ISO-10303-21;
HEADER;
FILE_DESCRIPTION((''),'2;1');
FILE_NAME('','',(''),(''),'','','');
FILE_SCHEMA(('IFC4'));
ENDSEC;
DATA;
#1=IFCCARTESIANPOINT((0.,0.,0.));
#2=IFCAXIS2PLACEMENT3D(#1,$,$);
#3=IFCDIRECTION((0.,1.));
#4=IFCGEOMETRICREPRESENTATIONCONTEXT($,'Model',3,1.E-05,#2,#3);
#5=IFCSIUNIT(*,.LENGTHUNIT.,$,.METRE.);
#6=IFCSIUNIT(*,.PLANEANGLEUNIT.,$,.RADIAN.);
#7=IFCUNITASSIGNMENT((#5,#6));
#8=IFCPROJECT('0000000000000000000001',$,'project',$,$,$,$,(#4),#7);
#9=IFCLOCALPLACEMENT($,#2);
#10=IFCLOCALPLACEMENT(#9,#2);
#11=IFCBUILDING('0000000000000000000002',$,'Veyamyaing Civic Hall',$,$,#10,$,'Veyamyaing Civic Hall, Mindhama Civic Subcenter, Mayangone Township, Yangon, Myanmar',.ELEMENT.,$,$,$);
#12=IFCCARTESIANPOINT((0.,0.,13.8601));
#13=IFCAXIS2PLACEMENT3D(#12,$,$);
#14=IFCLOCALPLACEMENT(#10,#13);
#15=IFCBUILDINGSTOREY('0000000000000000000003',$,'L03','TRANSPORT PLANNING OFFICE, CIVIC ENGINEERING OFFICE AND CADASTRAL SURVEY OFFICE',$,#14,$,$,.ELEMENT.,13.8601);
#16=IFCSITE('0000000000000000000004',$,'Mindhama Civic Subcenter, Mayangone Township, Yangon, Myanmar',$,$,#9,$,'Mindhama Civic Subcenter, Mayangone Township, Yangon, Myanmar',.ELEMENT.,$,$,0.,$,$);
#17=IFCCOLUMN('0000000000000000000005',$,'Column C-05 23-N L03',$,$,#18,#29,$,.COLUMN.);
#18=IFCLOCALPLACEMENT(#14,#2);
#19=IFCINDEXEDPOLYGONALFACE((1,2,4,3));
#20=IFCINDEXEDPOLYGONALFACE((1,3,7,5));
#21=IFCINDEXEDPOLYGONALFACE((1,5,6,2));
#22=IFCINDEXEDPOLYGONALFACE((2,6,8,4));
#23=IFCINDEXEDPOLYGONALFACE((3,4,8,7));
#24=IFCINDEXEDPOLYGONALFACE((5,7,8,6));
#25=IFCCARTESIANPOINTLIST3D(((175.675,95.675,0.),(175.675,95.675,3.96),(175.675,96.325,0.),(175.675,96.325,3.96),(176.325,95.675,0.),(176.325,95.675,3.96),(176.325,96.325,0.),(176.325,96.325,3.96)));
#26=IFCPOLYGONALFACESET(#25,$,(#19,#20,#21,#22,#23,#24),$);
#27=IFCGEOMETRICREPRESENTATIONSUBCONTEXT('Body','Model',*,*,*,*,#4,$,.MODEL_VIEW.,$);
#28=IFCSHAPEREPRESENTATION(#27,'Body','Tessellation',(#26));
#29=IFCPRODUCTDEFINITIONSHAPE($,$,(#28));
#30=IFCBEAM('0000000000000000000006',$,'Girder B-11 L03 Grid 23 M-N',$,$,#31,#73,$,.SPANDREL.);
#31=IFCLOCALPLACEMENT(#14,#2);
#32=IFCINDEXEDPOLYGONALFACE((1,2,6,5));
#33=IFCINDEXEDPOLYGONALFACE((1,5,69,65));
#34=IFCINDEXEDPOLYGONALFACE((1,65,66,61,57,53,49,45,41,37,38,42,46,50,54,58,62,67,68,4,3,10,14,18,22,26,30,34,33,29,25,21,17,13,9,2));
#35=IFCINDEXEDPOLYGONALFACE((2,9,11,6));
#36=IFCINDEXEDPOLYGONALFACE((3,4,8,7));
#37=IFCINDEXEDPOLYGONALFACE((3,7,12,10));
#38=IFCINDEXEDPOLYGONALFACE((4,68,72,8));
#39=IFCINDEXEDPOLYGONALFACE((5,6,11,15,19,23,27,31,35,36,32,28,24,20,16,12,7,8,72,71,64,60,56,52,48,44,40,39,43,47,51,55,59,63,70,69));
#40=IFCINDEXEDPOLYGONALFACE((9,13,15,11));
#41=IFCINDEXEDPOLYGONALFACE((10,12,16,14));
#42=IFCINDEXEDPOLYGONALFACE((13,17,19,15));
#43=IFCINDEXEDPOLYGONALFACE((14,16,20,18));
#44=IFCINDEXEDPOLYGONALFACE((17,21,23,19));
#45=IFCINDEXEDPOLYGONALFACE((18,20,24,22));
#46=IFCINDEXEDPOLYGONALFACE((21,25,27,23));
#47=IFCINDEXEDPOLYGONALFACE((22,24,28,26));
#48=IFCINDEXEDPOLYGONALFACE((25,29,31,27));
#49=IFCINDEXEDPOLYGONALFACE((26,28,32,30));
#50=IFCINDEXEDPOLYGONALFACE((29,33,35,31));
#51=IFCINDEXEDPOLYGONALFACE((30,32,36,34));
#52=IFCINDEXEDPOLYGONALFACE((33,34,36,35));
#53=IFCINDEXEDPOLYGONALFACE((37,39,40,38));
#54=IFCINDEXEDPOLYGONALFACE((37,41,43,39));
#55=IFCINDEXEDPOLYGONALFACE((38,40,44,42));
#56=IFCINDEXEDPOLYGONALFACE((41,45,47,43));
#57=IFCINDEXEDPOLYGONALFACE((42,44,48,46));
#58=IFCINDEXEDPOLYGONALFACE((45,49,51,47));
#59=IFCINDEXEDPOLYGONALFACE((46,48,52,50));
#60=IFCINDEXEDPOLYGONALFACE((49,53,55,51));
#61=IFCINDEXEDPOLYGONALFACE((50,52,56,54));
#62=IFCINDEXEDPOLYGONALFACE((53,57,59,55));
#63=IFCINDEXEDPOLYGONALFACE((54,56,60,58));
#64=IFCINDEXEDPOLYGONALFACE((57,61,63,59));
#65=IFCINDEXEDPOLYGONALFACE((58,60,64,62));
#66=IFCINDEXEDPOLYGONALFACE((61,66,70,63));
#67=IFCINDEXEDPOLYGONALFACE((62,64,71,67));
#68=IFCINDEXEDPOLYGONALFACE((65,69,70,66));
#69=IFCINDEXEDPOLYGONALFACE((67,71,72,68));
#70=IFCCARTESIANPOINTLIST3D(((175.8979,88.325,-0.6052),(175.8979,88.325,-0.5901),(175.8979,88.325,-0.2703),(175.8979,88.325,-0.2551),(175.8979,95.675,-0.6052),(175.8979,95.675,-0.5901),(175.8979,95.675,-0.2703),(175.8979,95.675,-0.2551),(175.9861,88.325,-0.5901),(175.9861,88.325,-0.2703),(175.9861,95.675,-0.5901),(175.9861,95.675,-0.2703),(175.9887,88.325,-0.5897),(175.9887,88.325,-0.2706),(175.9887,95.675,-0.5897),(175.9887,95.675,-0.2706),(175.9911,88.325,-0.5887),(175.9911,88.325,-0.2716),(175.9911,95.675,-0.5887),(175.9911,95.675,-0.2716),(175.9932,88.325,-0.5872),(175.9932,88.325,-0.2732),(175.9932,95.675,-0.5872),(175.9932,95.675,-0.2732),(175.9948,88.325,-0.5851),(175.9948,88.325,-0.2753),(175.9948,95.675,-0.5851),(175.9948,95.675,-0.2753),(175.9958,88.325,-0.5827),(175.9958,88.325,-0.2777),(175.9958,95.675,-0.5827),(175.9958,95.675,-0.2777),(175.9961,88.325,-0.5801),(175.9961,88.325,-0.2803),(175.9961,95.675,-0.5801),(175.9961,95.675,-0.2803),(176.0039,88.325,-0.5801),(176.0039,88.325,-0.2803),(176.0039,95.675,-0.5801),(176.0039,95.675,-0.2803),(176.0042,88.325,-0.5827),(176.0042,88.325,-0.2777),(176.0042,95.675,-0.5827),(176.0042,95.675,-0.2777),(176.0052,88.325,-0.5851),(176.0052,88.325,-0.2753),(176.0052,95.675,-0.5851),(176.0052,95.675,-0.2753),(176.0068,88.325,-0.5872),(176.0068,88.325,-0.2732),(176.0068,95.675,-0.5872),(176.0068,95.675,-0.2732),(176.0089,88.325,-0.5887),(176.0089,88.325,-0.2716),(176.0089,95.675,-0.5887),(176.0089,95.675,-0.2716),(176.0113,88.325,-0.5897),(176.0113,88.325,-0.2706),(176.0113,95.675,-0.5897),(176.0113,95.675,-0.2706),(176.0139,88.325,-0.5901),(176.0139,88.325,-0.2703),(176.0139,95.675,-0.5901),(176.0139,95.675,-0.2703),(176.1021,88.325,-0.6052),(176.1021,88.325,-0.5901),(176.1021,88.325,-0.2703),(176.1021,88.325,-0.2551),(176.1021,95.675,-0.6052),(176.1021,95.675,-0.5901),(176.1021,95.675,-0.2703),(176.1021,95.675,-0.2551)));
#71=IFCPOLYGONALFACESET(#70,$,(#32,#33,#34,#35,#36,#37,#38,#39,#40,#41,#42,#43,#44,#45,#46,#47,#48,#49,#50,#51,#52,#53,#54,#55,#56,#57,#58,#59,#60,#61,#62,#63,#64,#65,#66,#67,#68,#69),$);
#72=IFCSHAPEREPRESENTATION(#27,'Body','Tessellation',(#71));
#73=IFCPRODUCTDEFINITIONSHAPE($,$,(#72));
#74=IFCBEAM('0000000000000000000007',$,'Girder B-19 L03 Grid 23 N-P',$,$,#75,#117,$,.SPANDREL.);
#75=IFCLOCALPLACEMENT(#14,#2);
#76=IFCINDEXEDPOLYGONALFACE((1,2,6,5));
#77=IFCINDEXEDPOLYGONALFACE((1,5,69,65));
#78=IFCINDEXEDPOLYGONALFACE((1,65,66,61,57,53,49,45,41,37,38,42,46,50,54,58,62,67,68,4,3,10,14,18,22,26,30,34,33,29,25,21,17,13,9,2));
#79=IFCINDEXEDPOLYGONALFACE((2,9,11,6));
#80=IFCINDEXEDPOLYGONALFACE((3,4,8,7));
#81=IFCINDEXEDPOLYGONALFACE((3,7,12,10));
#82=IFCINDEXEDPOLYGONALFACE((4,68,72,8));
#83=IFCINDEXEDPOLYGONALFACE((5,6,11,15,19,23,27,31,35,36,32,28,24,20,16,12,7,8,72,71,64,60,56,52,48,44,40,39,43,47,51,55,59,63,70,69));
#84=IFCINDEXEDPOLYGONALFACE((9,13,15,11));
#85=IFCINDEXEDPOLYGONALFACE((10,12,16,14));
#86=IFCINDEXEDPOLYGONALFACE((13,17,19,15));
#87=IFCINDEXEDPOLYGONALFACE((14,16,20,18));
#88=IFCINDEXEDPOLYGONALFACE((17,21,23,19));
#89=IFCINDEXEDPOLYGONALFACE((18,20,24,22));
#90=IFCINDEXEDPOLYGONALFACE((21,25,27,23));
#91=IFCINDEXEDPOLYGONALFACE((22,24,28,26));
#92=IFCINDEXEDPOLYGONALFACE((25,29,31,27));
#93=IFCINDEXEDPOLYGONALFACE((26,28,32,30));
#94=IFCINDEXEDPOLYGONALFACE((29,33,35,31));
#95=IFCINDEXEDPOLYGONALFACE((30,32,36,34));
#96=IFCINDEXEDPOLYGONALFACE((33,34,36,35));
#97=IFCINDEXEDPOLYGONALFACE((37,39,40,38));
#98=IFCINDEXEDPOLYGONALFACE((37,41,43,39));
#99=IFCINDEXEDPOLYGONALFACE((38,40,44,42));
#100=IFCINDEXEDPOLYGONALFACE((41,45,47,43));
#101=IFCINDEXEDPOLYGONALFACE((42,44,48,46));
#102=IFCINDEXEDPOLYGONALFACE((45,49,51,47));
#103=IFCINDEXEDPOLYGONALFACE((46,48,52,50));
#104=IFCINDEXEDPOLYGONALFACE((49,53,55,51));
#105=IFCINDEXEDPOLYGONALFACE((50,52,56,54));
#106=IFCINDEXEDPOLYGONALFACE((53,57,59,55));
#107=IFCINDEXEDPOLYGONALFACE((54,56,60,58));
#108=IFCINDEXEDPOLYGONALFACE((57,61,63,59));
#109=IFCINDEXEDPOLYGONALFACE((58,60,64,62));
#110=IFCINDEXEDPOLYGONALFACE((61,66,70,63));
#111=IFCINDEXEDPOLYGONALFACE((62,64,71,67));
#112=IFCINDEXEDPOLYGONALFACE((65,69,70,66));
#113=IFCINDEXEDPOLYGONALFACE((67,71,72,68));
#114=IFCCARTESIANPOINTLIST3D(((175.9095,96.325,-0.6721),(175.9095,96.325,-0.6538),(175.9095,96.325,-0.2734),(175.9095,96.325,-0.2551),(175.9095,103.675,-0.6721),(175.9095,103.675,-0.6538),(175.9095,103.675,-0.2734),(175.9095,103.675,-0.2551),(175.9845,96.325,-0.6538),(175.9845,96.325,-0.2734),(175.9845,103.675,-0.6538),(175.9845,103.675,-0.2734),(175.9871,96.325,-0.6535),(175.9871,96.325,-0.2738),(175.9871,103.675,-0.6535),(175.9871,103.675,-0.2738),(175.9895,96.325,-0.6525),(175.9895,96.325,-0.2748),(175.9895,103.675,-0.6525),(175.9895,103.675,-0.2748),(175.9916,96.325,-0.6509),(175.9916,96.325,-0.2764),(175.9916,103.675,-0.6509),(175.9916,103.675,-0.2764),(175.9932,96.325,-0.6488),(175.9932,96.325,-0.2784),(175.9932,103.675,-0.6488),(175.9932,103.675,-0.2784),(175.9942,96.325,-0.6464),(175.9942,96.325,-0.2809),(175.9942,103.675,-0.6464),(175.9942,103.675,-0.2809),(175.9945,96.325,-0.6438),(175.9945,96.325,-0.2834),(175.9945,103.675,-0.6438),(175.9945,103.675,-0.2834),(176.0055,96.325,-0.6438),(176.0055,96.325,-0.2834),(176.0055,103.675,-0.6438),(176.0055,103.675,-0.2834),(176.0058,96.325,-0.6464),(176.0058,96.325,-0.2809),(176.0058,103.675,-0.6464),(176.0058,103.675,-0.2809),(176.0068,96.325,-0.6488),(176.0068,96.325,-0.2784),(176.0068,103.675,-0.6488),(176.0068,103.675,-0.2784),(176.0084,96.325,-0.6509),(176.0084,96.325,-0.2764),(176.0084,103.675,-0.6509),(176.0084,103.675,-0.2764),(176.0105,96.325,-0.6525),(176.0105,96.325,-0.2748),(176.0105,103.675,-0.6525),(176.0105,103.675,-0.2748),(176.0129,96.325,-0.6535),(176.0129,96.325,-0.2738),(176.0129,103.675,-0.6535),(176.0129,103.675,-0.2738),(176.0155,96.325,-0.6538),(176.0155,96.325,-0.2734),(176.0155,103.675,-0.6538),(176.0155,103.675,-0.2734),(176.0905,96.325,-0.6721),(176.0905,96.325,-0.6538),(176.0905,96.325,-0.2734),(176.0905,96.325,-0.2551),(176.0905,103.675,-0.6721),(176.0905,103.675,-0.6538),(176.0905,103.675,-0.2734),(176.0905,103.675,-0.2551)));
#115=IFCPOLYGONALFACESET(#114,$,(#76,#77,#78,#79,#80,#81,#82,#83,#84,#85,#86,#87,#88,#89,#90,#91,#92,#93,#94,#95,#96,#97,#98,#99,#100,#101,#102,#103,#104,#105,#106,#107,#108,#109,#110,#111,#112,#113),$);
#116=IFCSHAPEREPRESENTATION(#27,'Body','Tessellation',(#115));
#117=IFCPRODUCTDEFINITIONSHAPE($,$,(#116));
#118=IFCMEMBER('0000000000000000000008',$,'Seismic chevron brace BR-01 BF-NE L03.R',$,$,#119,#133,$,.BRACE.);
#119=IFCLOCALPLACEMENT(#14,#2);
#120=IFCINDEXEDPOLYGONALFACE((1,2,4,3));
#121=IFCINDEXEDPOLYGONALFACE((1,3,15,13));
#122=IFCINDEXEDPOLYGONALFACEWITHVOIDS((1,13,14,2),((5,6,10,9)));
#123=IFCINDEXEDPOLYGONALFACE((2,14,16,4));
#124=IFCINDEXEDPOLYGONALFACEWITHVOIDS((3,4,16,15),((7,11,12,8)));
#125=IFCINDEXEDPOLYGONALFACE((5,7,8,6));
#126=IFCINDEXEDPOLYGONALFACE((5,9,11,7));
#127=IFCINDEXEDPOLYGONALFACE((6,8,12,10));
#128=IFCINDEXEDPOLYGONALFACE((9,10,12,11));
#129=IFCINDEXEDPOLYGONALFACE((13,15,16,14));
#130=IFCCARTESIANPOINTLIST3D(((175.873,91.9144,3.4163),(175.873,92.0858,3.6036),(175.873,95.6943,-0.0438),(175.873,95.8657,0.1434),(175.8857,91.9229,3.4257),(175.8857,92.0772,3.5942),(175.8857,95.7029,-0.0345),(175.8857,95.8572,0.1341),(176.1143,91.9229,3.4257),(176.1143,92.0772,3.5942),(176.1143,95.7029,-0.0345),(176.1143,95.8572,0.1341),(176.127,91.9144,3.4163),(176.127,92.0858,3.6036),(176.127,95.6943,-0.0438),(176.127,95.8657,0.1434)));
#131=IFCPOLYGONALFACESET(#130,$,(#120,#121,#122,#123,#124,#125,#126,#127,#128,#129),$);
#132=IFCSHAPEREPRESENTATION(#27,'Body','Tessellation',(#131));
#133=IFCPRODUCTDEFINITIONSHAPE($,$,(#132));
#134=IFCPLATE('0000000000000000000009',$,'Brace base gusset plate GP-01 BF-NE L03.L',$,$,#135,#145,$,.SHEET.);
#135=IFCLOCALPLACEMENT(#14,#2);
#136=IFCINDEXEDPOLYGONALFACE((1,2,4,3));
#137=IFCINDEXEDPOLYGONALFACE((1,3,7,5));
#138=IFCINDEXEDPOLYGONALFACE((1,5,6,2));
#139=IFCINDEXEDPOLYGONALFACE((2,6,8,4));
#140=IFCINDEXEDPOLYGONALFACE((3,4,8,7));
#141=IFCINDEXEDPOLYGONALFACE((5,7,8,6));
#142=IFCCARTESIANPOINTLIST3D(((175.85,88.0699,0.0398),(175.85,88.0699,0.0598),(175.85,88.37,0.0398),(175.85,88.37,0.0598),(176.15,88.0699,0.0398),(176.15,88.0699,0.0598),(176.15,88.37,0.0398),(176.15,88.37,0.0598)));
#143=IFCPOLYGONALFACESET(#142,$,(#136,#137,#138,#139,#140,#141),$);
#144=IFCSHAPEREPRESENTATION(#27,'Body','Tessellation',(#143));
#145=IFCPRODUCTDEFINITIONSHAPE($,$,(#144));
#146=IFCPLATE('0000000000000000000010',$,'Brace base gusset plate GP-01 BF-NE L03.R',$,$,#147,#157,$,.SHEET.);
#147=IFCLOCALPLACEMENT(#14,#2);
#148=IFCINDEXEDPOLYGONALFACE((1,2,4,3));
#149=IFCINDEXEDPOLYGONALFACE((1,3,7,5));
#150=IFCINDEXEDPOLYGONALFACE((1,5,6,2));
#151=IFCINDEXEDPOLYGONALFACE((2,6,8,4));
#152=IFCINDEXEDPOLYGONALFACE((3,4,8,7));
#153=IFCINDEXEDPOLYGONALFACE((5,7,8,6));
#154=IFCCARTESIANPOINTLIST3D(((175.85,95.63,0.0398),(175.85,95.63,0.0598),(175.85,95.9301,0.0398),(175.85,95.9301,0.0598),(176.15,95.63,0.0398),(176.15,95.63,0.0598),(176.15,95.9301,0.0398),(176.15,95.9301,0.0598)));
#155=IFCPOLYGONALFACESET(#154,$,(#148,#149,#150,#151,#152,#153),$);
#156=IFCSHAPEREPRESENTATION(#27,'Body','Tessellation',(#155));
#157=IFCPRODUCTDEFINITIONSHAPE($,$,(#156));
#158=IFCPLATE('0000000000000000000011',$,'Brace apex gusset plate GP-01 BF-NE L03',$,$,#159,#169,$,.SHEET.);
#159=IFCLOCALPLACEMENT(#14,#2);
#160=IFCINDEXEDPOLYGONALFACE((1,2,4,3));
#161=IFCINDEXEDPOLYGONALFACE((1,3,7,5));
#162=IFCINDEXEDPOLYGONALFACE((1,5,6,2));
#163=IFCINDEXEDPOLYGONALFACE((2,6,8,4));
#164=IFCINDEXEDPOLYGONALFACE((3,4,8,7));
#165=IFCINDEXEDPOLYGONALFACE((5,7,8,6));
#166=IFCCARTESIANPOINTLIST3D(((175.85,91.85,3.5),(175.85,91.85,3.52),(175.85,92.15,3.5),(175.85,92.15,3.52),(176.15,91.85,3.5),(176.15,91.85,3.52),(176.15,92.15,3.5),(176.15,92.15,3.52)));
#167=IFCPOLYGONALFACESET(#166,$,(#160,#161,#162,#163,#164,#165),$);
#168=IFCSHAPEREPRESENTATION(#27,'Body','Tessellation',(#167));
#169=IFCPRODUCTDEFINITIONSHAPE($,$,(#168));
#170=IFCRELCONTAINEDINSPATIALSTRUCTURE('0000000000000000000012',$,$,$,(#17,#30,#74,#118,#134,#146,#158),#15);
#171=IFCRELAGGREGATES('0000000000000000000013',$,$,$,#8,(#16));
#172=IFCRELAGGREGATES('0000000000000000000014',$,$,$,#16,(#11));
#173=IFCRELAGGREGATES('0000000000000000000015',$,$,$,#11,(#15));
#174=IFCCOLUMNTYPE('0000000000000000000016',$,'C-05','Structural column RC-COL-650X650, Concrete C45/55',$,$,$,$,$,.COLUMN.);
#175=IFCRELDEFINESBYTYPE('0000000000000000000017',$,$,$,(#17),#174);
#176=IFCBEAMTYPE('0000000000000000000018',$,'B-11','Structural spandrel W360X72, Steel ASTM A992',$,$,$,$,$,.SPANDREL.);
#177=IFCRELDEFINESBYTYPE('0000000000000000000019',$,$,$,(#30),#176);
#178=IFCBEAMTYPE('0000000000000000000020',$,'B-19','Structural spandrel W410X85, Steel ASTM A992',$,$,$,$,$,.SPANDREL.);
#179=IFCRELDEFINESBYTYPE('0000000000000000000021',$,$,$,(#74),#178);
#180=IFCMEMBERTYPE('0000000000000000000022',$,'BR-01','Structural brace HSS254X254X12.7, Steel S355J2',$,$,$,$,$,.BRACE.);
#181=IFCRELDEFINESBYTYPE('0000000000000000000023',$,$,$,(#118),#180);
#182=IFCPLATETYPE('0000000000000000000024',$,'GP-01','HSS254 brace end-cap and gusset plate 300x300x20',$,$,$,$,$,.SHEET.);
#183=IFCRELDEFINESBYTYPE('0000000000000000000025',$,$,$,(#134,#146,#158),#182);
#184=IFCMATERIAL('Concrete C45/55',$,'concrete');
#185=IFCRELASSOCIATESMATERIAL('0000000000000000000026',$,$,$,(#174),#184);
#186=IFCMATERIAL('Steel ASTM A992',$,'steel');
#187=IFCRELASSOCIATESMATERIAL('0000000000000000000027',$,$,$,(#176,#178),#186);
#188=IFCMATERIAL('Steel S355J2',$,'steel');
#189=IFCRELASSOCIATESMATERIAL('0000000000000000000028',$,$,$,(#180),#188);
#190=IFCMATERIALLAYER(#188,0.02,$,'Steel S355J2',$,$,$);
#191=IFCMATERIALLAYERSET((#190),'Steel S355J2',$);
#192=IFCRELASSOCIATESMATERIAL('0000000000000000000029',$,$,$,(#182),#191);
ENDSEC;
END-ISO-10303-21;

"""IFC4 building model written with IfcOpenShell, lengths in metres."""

from ifc_helpers import new_model, si_unit, direction, frame, origin, origin_2d, place, context, subcontext, project, spatial, rectangle, hollow_rectangle, i_section, extrude, material, layer, layer_set, material_profile, profile_set, type_object, element, save


model = new_model("IFC4")

# Units and contexts
model_context = context("Model", 3, precision=1e-05, world=origin(), true_north=direction((0.0, 1.0)))
body_context = subcontext(model_context, "Body", "Model", "MODEL_VIEW")
ifc_project = project(units=[si_unit("LENGTHUNIT", "METRE"), si_unit("PLANEANGLEUNIT", "RADIAN")], contexts=[model_context])

# Site, building, storey
site_placement = place(None, origin())
site = spatial("IfcSite", under=ifc_project, at=site_placement, Name="Mindhama Civic Subcenter, Mayangone Township, Yangon, Myanmar", LongName="Mindhama Civic Subcenter, Mayangone Township, Yangon, Myanmar", CompositionType="ELEMENT", RefElevation=0.0)
building_placement = place(site_placement, origin())
building = spatial("IfcBuilding", under=site, at=building_placement, Name="Veyamyaing Civic Hall", LongName="Veyamyaing Civic Hall, Mindhama Civic Subcenter, Mayangone Township, Yangon, Myanmar", CompositionType="ELEMENT")
storey_placement = place(building_placement, frame((0.0, 0.0, 13.8601)))
storey = spatial("IfcBuildingStorey", under=building, at=storey_placement, Name="L03", Description="TRANSPORT PLANNING OFFICE, CIVIC ENGINEERING OFFICE AND CADASTRAL SURVEY OFFICE", CompositionType="ELEMENT", Elevation=13.8601)

# Column
ifc_material_1 = material(Name="Concrete C45/55", Category="concrete")
ifc_material_profile_1 = material_profile(ifc_material_1, rectangle(XDim=0.6499, YDim=0.6499, at=origin_2d()), Name="RC-COL-650X650")
ifc_profile_set_1 = profile_set([ifc_material_profile_1], Name="Concrete C45/55")
column_type = type_object("IfcColumnType", Name="C-05", Description="Structural column RC-COL-650X650, Concrete C45/55", PredefinedType="COLUMN", material=ifc_profile_set_1)
column_placement = place(storey_placement, frame((176.0, 96.0, 0.0), z_axis=(0.0, 0.0, 1.0), x_axis=(1.0, 0.0, 0.0)))
element("IfcColumn", 1, at=column_placement, inside=storey, type_object=column_type, Name="Column C-05 23-N L03", PredefinedType="COLUMN", context=body_context, shape_type="SweptSolid", body=[
    extrude(rectangle(XDim=0.6499, YDim=0.6499, at=origin_2d()), origin(), (0.0, 0.0, 1.0), 3.96),
])

# Beams
ifc_material_2 = material(Name="Steel ASTM A992", Category="steel")
ifc_material_profile_2 = material_profile(ifc_material_2, i_section(OverallWidth=0.2041, OverallDepth=0.3501, WebThickness=0.0078, FlangeThickness=0.0151, FilletRadius=0.01, at=origin_2d()), Name="W360X72")
ifc_profile_set_2 = profile_set([ifc_material_profile_2], Name="Steel ASTM A992")
beam_type_1 = type_object("IfcBeamType", Name="B-11", Description="Structural spandrel W360X72, Steel ASTM A992", PredefinedType="SPANDREL", material=ifc_profile_set_2)
beam_1_placement = place(storey_placement, frame((176.0, 88.325, -0.4302), z_axis=(0.0, 1.0, 0.0), x_axis=(-1.0, 0.0, 0.0)))
element("IfcBeam", 2, at=beam_1_placement, inside=storey, type_object=beam_type_1, Name="Girder B-11 L03 Grid 23 M-N", PredefinedType="SPANDREL", context=body_context, shape_type="SweptSolid", body=[
    extrude(i_section(OverallWidth=0.2041, OverallDepth=0.3501, WebThickness=0.0078, FlangeThickness=0.0151, FilletRadius=0.01, at=origin_2d()), origin(), (0.0, 0.0, 1.0), 7.3501),
])
ifc_material_profile_3 = material_profile(ifc_material_2, i_section(OverallWidth=0.1809, OverallDepth=0.417, WebThickness=0.011, FlangeThickness=0.0183, FilletRadius=0.01, at=origin_2d()), Name="W410X85")
ifc_profile_set_3 = profile_set([ifc_material_profile_3], Name="Steel ASTM A992")
beam_type_2 = type_object("IfcBeamType", Name="B-19", Description="Structural spandrel W410X85, Steel ASTM A992", PredefinedType="SPANDREL", material=ifc_profile_set_3)
beam_2_placement = place(storey_placement, frame((176.0, 96.325, -0.4636), z_axis=(0.0, 1.0, 0.0), x_axis=(-1.0, 0.0, 0.0)))
element("IfcBeam", 3, at=beam_2_placement, inside=storey, type_object=beam_type_2, Name="Girder B-19 L03 Grid 23 N-P", PredefinedType="SPANDREL", context=body_context, shape_type="SweptSolid", body=[
    extrude(i_section(OverallWidth=0.1809, OverallDepth=0.417, WebThickness=0.011, FlangeThickness=0.0183, FilletRadius=0.01, at=origin_2d()), origin(), (0.0, 0.0, 1.0), 7.3501),
])

# Member
ifc_material_3 = material(Name="Steel S355J2", Category="steel")
ifc_material_profile_4 = material_profile(ifc_material_3, hollow_rectangle(XDim=0.2539, YDim=0.2539, WallThickness=0.0127, at=origin_2d()), Name="HSS254X254X12.7")
ifc_profile_set_4 = profile_set([ifc_material_profile_4], Name="Steel S355J2")
member_type = type_object("IfcMemberType", Name="BR-01", Description="Structural brace HSS254X254X12.7, Steel S355J2", PredefinedType="BRACE", material=ifc_profile_set_4)
member_placement = place(storey_placement, frame((176.0, 95.78, 0.0498), z_axis=(0.0, -0.737623, 0.675213), x_axis=(1.0, 0.0, 0.0)))
element("IfcMember", 4, at=member_placement, inside=storey, type_object=member_type, Name="Seismic chevron brace BR-01 BF-NE L03.R", PredefinedType="BRACE", context=body_context, shape_type="SweptSolid", body=[
    extrude(hollow_rectangle(XDim=0.2539, YDim=0.2539, WallThickness=0.0127, at=origin_2d()), origin(), (0.0, 0.0, 1.0), 5.1245),
])

# Plates
ifc_layer_1 = layer(ifc_material_3, 0.02, Name="Steel S355J2")
ifc_layer_set_1 = layer_set([ifc_layer_1], Name="Steel S355J2")
plate_type = type_object("IfcPlateType", Name="GP-01", Description="HSS254 brace end-cap and gusset plate 300x300x20", PredefinedType="SHEET", material=ifc_layer_set_1)
for number, where, z_axis, x_axis, name in (
    (5, (176.0, 88.22, 0.0398), (0.0, 0.0, 1.0), (1.0, 0.0, 0.0), "Brace base gusset plate GP-01 BF-NE L03.L"),
    (6, (176.0, 95.78, 0.0398), (0.0, 0.0, 1.0), (1.0, 0.0, 0.0), "Brace base gusset plate GP-01 BF-NE L03.R"),
    (7, (176.0, 92.0, 3.5), (0.0, 0.0, 1.0), (1.0, 0.0, 0.0), "Brace apex gusset plate GP-01 BF-NE L03"),
):
    element("IfcPlate", number, at=place(storey_placement, frame(where, z_axis=z_axis, x_axis=x_axis)), inside=storey, type_object=plate_type, Name=name, PredefinedType="SHEET", context=body_context, shape_type="SweptSolid", body=[
        extrude(rectangle(XDim=0.3, YDim=0.3, at=origin_2d()), origin(), (0.0, 0.0, 1.0), 0.02),
    ])

save(model, "model.ifc")
